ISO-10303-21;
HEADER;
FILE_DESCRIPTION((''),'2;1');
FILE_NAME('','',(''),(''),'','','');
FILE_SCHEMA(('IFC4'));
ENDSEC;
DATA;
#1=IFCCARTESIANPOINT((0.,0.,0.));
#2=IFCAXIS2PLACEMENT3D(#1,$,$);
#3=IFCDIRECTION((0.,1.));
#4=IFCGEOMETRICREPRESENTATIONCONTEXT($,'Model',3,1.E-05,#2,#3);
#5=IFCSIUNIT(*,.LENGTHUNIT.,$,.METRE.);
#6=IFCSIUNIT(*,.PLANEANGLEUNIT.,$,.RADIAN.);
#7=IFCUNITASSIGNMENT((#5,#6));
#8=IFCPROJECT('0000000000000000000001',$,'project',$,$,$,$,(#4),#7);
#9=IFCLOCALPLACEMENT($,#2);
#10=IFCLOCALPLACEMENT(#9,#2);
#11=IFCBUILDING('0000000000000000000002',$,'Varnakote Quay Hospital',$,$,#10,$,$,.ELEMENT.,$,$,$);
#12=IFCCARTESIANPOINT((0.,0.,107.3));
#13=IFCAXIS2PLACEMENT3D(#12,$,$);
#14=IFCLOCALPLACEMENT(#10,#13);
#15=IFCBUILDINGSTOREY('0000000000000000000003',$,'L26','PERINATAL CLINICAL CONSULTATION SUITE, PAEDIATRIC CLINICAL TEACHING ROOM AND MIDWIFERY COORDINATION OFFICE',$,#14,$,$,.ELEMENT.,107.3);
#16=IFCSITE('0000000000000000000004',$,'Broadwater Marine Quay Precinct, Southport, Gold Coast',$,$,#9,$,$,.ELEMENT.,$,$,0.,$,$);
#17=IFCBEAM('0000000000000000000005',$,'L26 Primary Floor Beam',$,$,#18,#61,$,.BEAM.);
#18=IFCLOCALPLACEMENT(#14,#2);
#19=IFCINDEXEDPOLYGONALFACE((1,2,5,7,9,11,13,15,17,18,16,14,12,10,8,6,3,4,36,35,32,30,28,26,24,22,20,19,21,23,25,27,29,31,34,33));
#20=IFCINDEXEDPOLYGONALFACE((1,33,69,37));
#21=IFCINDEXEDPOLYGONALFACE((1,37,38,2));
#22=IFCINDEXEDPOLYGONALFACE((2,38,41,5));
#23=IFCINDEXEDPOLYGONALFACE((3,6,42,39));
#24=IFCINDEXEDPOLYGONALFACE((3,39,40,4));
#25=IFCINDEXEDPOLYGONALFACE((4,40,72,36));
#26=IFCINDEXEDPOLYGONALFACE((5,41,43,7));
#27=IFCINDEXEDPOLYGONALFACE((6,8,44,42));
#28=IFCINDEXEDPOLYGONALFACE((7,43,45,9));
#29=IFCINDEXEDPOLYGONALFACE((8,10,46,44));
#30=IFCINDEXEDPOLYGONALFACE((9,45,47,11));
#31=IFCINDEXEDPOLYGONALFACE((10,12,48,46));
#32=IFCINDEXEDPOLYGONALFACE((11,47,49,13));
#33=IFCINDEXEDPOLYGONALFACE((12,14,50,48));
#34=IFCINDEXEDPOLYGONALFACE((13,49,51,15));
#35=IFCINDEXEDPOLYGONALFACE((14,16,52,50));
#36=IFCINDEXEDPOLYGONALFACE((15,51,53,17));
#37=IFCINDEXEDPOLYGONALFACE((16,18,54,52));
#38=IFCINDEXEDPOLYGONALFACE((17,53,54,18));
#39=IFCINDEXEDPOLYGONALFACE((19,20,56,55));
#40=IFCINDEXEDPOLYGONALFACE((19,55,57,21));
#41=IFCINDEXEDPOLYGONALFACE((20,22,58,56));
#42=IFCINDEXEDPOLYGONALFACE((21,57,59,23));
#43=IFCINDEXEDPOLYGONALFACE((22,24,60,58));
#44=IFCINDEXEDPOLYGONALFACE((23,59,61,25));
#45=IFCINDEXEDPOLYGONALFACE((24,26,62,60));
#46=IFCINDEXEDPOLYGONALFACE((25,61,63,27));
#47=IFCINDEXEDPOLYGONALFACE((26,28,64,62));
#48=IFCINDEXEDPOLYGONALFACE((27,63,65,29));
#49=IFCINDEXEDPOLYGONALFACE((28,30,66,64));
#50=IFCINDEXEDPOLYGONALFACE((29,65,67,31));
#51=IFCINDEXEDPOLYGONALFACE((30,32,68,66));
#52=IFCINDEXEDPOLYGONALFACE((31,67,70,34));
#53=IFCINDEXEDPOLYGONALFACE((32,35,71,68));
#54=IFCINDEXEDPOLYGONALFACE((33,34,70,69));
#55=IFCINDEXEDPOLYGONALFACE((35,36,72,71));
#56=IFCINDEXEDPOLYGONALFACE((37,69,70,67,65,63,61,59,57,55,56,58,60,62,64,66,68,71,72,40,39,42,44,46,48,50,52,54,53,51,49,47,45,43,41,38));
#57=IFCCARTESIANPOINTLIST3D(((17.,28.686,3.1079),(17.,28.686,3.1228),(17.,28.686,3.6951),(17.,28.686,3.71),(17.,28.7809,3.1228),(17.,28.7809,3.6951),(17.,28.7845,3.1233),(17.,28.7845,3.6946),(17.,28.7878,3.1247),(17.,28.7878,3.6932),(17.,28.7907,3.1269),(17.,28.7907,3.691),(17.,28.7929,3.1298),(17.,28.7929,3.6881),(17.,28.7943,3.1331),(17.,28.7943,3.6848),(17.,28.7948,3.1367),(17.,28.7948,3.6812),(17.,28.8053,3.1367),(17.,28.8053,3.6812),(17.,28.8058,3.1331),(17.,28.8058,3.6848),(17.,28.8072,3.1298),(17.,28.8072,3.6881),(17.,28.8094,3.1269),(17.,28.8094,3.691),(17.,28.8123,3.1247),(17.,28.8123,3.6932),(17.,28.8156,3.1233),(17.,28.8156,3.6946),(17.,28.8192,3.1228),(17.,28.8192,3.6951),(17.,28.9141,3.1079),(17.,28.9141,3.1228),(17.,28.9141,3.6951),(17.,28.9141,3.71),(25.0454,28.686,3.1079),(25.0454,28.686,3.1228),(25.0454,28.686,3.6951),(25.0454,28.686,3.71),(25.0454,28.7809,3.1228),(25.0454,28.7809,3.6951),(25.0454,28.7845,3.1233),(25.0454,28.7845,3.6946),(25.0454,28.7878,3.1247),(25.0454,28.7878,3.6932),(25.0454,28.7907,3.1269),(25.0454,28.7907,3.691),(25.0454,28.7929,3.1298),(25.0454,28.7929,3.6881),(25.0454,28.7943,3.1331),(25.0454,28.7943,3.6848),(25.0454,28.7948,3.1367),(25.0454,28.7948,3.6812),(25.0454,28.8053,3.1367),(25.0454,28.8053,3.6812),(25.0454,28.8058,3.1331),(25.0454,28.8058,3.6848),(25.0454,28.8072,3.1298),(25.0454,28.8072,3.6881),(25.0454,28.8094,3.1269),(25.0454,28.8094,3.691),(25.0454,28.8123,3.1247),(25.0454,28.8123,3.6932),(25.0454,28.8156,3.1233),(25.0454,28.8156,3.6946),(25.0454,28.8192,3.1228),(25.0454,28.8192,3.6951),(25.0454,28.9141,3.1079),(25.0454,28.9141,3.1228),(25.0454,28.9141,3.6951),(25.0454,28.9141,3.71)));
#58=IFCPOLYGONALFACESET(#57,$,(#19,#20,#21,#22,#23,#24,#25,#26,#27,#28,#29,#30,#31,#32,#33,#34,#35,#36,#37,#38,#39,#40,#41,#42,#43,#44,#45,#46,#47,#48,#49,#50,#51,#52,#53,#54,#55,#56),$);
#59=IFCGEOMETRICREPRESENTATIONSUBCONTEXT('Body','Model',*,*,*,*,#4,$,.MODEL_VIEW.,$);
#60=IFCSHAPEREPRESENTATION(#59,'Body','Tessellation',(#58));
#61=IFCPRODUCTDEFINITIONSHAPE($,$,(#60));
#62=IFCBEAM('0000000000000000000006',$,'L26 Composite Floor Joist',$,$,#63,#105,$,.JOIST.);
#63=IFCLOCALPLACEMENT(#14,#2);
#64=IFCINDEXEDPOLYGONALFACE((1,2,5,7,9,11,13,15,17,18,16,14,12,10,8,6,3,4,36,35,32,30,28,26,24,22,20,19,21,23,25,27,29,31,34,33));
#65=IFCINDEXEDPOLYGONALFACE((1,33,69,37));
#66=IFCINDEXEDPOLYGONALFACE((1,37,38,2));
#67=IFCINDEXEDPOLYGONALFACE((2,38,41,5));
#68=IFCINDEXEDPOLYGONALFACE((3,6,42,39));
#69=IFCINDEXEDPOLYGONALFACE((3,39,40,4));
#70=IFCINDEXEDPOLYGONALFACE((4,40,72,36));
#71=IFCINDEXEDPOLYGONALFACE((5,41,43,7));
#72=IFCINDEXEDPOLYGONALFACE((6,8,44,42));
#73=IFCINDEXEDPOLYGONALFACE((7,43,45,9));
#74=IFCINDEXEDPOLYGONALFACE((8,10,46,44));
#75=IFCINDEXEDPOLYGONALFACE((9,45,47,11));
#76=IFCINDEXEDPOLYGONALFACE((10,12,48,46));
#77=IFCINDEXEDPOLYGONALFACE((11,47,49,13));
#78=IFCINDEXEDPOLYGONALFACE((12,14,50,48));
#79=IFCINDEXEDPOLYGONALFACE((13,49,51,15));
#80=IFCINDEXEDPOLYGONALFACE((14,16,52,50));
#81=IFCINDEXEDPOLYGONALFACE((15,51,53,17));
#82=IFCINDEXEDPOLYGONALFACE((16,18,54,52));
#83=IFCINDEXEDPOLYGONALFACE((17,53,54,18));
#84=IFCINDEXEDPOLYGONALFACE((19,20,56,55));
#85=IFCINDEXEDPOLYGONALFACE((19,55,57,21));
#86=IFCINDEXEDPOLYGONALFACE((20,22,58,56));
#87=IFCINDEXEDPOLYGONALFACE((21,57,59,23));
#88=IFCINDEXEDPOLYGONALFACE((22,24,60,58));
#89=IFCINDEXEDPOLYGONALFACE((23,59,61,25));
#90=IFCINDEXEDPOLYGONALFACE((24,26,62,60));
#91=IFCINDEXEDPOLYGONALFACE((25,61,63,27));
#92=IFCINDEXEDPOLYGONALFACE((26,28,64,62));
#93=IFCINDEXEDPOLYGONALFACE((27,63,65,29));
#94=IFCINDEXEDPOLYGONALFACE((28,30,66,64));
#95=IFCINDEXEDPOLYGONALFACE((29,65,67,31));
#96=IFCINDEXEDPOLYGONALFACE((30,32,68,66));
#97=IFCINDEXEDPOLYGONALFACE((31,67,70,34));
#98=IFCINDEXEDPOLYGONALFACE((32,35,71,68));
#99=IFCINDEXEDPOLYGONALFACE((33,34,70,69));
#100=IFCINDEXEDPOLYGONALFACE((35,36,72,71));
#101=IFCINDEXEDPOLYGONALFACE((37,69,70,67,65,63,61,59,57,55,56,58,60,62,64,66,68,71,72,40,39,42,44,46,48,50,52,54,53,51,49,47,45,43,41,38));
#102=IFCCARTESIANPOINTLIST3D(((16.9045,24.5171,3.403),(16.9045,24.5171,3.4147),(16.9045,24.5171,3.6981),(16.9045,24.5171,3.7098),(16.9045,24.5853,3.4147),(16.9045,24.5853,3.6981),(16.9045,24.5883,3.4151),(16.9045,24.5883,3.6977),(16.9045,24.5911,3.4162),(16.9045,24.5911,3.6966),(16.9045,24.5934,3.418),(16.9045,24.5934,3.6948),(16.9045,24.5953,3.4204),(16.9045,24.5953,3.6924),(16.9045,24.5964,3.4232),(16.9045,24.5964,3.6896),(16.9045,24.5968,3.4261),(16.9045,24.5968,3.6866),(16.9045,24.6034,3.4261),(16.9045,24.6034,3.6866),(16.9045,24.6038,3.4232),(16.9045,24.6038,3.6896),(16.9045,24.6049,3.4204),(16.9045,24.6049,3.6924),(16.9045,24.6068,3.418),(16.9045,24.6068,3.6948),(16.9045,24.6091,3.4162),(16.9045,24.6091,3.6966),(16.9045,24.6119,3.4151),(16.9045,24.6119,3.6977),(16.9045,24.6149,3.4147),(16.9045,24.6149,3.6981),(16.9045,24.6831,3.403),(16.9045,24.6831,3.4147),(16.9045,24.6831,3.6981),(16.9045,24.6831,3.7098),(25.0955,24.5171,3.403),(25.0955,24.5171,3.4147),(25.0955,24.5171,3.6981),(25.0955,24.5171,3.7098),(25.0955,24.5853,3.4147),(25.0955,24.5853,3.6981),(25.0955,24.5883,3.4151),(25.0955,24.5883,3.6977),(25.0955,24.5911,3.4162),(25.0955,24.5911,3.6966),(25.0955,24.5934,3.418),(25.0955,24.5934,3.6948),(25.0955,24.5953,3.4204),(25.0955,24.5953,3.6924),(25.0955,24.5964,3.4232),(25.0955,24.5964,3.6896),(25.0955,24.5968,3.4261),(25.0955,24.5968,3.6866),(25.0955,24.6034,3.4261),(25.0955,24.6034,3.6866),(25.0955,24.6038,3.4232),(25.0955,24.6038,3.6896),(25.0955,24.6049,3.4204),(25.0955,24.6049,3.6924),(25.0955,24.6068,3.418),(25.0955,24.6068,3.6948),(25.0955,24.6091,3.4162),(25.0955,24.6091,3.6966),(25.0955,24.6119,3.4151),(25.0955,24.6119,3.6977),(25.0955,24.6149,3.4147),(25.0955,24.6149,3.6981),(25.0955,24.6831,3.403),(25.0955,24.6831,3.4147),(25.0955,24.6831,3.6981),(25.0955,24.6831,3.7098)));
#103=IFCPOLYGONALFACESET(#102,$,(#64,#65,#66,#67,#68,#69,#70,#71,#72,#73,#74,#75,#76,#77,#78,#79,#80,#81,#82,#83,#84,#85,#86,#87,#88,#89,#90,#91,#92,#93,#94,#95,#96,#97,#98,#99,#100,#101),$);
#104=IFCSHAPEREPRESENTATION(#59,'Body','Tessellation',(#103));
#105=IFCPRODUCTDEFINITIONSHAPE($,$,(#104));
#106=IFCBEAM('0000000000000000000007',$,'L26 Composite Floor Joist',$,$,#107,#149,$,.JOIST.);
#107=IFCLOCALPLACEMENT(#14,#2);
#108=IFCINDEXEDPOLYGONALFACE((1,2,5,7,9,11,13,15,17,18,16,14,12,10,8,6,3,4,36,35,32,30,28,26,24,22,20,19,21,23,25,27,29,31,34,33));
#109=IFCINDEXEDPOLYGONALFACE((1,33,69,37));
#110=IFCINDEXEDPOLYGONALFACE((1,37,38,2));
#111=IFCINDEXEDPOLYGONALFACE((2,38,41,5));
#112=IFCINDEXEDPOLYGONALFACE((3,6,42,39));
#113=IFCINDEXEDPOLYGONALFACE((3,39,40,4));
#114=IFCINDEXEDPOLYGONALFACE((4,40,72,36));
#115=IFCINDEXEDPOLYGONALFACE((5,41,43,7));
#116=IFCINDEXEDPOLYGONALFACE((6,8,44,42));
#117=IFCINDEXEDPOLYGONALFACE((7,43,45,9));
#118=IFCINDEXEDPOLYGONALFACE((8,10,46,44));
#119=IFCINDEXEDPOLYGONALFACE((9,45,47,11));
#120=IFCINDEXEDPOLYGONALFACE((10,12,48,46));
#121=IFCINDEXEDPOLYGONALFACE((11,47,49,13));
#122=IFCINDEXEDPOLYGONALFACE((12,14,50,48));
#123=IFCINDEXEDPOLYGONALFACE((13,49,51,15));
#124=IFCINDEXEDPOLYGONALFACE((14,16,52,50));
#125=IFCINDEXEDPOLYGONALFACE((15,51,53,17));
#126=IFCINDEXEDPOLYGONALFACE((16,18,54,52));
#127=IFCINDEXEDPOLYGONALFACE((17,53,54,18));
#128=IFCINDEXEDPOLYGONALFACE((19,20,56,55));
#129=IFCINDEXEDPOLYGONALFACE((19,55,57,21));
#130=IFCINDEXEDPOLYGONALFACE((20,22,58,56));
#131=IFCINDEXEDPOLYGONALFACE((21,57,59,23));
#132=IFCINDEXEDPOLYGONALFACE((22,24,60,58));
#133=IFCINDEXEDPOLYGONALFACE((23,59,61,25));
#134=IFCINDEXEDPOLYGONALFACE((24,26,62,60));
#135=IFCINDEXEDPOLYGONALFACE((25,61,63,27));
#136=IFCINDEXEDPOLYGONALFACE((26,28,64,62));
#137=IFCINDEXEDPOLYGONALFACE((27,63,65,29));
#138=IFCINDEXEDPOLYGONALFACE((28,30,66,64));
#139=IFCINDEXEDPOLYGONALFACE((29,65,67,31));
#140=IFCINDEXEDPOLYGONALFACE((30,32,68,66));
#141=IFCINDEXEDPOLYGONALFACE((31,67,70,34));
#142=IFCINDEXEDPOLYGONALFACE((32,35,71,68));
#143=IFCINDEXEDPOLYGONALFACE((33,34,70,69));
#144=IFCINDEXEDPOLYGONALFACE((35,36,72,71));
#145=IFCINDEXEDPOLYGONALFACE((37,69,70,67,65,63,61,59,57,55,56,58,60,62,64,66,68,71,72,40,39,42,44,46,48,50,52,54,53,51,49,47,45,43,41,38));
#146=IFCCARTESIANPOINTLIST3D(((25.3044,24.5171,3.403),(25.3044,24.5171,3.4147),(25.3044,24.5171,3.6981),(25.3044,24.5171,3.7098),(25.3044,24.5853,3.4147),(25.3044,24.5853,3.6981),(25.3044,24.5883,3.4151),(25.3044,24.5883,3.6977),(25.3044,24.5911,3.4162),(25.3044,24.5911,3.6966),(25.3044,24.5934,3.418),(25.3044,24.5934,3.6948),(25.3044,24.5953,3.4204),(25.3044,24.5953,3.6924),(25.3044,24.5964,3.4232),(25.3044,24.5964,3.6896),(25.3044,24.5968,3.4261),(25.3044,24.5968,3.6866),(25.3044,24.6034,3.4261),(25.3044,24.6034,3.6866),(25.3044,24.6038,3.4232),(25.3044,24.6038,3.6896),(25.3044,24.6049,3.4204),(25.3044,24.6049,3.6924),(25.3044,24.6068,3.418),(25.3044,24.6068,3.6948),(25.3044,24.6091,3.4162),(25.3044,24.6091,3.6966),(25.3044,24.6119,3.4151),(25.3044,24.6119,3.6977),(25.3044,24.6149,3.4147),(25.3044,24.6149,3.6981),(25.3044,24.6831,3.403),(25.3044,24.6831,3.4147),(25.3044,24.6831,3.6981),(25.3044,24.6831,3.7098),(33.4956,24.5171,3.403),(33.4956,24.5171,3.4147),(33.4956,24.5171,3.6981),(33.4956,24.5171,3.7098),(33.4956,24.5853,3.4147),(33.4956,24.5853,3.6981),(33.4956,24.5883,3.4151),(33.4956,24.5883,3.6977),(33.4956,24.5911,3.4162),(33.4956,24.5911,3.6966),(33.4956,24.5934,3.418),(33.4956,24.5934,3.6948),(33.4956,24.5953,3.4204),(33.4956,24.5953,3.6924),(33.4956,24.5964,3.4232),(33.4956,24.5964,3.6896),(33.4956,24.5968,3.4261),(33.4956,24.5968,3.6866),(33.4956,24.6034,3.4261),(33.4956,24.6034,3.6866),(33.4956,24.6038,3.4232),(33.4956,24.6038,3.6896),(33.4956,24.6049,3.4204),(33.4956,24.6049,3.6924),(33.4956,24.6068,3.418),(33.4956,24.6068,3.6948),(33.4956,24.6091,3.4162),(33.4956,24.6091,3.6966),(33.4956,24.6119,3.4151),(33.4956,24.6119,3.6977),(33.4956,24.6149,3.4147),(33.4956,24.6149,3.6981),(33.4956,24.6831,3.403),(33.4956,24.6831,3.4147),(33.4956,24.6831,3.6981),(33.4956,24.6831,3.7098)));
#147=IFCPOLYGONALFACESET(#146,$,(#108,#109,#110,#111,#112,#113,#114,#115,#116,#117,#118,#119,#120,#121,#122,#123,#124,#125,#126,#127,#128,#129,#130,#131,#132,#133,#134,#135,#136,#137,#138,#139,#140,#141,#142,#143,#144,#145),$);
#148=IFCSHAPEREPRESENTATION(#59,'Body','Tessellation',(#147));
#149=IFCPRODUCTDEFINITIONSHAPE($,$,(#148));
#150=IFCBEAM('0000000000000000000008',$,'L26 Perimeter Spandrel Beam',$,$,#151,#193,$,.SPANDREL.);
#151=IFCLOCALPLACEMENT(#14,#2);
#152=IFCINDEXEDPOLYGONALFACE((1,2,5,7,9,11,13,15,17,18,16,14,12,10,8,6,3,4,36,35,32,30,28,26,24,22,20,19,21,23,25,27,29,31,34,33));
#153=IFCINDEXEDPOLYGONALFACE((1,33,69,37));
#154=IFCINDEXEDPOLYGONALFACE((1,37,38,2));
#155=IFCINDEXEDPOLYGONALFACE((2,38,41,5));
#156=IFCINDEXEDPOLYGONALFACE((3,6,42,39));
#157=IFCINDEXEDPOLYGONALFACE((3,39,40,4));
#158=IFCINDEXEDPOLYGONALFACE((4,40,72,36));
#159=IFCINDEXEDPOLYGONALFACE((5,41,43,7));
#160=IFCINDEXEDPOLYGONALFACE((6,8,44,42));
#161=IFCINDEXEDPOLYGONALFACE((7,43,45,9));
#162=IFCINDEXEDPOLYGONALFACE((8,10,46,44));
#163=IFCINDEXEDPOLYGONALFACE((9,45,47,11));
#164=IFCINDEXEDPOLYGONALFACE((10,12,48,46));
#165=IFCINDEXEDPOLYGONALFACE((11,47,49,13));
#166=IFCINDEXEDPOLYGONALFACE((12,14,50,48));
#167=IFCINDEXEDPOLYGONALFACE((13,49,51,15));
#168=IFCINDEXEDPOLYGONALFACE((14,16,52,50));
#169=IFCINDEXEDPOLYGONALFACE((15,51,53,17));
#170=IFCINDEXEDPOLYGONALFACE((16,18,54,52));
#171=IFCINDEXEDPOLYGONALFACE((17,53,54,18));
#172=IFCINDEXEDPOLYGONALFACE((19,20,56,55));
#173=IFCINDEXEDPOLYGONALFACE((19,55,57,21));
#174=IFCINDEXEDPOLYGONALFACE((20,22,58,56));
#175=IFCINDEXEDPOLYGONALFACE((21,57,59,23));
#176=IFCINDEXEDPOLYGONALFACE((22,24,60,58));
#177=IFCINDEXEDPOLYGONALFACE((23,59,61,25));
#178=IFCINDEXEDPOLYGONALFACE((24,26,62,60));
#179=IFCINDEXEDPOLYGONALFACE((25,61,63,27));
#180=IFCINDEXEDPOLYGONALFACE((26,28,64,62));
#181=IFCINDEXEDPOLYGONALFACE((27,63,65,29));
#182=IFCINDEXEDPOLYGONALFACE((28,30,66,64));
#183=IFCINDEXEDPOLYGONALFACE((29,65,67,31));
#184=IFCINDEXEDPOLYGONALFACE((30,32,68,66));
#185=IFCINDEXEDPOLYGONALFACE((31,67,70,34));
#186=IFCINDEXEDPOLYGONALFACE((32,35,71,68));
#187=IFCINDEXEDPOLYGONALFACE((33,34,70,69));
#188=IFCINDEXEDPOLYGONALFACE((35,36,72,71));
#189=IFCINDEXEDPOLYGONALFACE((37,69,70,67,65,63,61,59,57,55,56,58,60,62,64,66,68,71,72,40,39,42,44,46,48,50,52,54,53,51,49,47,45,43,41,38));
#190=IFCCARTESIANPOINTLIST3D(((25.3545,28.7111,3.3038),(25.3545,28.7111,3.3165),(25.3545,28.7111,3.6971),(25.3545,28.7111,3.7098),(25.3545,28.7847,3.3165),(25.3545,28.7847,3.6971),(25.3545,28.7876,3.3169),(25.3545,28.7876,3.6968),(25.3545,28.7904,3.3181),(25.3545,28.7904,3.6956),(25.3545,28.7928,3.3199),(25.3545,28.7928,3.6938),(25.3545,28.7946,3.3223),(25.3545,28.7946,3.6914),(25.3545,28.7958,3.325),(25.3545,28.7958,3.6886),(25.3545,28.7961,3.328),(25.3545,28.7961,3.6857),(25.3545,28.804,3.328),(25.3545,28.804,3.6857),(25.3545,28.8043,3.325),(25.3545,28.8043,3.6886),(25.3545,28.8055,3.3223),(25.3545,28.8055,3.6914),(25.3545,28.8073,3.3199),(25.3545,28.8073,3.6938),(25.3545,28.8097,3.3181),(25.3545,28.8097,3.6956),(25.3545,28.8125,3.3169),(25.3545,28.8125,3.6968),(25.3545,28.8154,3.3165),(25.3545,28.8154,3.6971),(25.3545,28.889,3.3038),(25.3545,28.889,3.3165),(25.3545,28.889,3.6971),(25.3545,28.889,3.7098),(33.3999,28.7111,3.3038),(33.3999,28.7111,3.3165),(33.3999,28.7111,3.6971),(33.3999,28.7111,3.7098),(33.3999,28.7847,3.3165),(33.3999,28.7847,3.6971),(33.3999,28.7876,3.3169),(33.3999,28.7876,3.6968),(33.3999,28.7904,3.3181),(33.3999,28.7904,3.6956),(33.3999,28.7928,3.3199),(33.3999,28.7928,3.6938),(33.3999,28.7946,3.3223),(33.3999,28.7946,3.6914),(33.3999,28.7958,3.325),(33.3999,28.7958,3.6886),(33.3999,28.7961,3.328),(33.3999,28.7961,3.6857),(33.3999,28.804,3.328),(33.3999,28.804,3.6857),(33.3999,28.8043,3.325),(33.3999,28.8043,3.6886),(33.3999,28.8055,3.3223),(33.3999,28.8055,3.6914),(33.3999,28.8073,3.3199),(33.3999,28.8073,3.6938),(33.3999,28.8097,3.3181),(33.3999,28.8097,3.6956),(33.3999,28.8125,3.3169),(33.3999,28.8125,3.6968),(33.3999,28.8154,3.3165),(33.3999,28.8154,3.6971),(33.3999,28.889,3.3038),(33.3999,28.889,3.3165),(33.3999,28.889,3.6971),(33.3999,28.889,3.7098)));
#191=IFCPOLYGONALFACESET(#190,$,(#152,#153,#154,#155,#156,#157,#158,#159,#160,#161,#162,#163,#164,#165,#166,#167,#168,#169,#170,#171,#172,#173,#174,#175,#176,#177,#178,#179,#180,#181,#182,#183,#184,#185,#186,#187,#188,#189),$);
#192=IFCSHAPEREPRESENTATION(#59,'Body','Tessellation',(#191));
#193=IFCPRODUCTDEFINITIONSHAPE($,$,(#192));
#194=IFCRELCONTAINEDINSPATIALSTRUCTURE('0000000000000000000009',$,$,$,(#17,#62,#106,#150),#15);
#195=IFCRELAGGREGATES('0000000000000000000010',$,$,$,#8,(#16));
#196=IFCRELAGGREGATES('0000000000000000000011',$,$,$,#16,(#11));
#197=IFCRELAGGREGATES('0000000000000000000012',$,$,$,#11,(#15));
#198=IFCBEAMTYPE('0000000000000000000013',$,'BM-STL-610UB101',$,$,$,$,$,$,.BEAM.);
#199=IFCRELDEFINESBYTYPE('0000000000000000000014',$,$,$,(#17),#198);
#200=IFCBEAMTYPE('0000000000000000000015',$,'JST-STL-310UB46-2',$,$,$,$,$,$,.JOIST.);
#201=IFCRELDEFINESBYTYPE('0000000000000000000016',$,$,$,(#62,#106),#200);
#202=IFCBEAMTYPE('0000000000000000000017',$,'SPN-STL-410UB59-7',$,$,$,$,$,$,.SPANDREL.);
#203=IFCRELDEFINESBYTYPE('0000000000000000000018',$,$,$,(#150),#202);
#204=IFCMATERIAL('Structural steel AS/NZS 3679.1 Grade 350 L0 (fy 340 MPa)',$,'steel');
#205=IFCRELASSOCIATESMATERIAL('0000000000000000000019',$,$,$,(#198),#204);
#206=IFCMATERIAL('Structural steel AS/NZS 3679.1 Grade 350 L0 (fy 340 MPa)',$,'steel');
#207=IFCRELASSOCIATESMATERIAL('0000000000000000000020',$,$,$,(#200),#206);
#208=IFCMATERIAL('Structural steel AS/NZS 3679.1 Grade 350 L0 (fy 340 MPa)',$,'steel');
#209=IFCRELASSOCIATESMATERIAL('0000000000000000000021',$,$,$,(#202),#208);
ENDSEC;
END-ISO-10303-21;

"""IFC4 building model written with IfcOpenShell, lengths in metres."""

from ifc_helpers import new_model, si_unit, direction, frame, origin, origin_2d, place, context, subcontext, project, spatial, i_section, extrude, material, material_profile, profile_set, type_object, element, save


model = new_model("IFC4")

# Units and contexts
model_context = context("Model", 3, precision=1e-05, world=origin(), true_north=direction((0.0, 1.0)))
body_context = subcontext(model_context, "Body", "Model", "MODEL_VIEW")
ifc_project = project(units=[si_unit("LENGTHUNIT", "METRE"), si_unit("PLANEANGLEUNIT", "RADIAN")], contexts=[model_context])

# Site, building, storey
site_placement = place(None, origin())
site = spatial("IfcSite", under=ifc_project, at=site_placement, Name="Broadwater Marine Quay Precinct, Southport, Gold Coast", CompositionType="ELEMENT", RefElevation=0.0)
building_placement = place(site_placement, origin())
building = spatial("IfcBuilding", under=site, at=building_placement, Name="Varnakote Quay Hospital", CompositionType="ELEMENT")
storey_placement = place(building_placement, frame((0.0, 0.0, 107.3)))
storey = spatial("IfcBuildingStorey", under=building, at=storey_placement, Name="L26", Description="PERINATAL CLINICAL CONSULTATION SUITE, PAEDIATRIC CLINICAL TEACHING ROOM AND MIDWIFERY COORDINATION OFFICE", CompositionType="ELEMENT", Elevation=107.3)

# Beams
ifc_material_1 = material(Name="Structural steel AS/NZS 3679.1 Grade 350 L0 (fy 340 MPa)", Category="steel")
ifc_material_profile_1 = material_profile(ifc_material_1, i_section(OverallWidth=0.228, OverallDepth=0.6021, WebThickness=0.0105, FlangeThickness=0.0149, FilletRadius=0.0139, at=origin_2d()), Name="610UB101")
ifc_profile_set_1 = profile_set([ifc_material_profile_1], Name="Structural steel AS/NZS 3679.1 Grade 350 L0 (fy 340 MPa)")
beam_type_1 = type_object("IfcBeamType", Name="BM-STL-610UB101", PredefinedType="BEAM", material=ifc_profile_set_1)
beam_1_placement = place(storey_placement, frame((17.0, 28.8, 3.4089), z_axis=(1.0, 0.0, 0.0), x_axis=(0.0, 1.0, 0.0)))
element("IfcBeam", 1, at=beam_1_placement, inside=storey, type_object=beam_type_1, Name="L26 Primary Floor Beam", PredefinedType="BEAM", context=body_context, shape_type="SweptSolid", body=[
    extrude(i_section(OverallWidth=0.228, OverallDepth=0.6021, WebThickness=0.0105, FlangeThickness=0.0149, FilletRadius=0.0139, at=origin_2d()), origin(), (0.0, 0.0, 1.0), 8.0454),
])
ifc_material_2 = material(Name="Structural steel AS/NZS 3679.1 Grade 350 L0 (fy 340 MPa)", Category="steel")
ifc_material_profile_2 = material_profile(ifc_material_2, i_section(OverallWidth=0.166, OverallDepth=0.3069, WebThickness=0.0066, FlangeThickness=0.0117, FilletRadius=0.0115, at=origin_2d()), Name="310UB46.2")
ifc_profile_set_2 = profile_set([ifc_material_profile_2], Name="Structural steel AS/NZS 3679.1 Grade 350 L0 (fy 340 MPa)")
beam_type_2 = type_object("IfcBeamType", Name="JST-STL-310UB46-2", PredefinedType="JOIST", material=ifc_profile_set_2)
beam_2_placement = place(storey_placement, frame((16.9045, 24.6001, 3.5564), z_axis=(1.0, 0.0, 0.0), x_axis=(0.0, 1.0, 0.0)))
element("IfcBeam", 2, at=beam_2_placement, inside=storey, type_object=beam_type_2, Name="L26 Composite Floor Joist", PredefinedType="JOIST", context=body_context, shape_type="SweptSolid", body=[
    extrude(i_section(OverallWidth=0.166, OverallDepth=0.3069, WebThickness=0.0066, FlangeThickness=0.0117, FilletRadius=0.0115, at=origin_2d()), origin(), (0.0, 0.0, 1.0), 8.1909),
])
beam_3_placement = place(storey_placement, frame((25.3044, 24.6001, 3.5564), z_axis=(1.0, 0.0, 0.0), x_axis=(0.0, 1.0, 0.0)))
element("IfcBeam", 3, at=beam_3_placement, inside=storey, type_object=beam_type_2, Name="L26 Composite Floor Joist", PredefinedType="JOIST", context=body_context, shape_type="SweptSolid", body=[
    extrude(i_section(OverallWidth=0.166, OverallDepth=0.3069, WebThickness=0.0066, FlangeThickness=0.0117, FilletRadius=0.0115, at=origin_2d()), origin(), (0.0, 0.0, 1.0), 8.1912),
])
ifc_material_3 = material(Name="Structural steel AS/NZS 3679.1 Grade 350 L0 (fy 340 MPa)", Category="steel")
ifc_material_profile_3 = material_profile(ifc_material_3, i_section(OverallWidth=0.178, OverallDepth=0.406, WebThickness=0.0078, FlangeThickness=0.0127, FilletRadius=0.0115, at=origin_2d()), Name="410UB59.7")
ifc_profile_set_3 = profile_set([ifc_material_profile_3], Name="Structural steel AS/NZS 3679.1 Grade 350 L0 (fy 340 MPa)")
beam_type_3 = type_object("IfcBeamType", Name="SPN-STL-410UB59-7", PredefinedType="SPANDREL", material=ifc_profile_set_3)
beam_4_placement = place(storey_placement, frame((25.3545, 28.8, 3.5068), z_axis=(1.0, 0.0, 0.0), x_axis=(0.0, 1.0, 0.0)))
element("IfcBeam", 4, at=beam_4_placement, inside=storey, type_object=beam_type_3, Name="L26 Perimeter Spandrel Beam", PredefinedType="SPANDREL", context=body_context, shape_type="SweptSolid", body=[
    extrude(i_section(OverallWidth=0.178, OverallDepth=0.406, WebThickness=0.0078, FlangeThickness=0.0127, FilletRadius=0.0115, at=origin_2d()), origin(), (0.0, 0.0, 1.0), 8.0454),
])

save(model, "model.ifc")
